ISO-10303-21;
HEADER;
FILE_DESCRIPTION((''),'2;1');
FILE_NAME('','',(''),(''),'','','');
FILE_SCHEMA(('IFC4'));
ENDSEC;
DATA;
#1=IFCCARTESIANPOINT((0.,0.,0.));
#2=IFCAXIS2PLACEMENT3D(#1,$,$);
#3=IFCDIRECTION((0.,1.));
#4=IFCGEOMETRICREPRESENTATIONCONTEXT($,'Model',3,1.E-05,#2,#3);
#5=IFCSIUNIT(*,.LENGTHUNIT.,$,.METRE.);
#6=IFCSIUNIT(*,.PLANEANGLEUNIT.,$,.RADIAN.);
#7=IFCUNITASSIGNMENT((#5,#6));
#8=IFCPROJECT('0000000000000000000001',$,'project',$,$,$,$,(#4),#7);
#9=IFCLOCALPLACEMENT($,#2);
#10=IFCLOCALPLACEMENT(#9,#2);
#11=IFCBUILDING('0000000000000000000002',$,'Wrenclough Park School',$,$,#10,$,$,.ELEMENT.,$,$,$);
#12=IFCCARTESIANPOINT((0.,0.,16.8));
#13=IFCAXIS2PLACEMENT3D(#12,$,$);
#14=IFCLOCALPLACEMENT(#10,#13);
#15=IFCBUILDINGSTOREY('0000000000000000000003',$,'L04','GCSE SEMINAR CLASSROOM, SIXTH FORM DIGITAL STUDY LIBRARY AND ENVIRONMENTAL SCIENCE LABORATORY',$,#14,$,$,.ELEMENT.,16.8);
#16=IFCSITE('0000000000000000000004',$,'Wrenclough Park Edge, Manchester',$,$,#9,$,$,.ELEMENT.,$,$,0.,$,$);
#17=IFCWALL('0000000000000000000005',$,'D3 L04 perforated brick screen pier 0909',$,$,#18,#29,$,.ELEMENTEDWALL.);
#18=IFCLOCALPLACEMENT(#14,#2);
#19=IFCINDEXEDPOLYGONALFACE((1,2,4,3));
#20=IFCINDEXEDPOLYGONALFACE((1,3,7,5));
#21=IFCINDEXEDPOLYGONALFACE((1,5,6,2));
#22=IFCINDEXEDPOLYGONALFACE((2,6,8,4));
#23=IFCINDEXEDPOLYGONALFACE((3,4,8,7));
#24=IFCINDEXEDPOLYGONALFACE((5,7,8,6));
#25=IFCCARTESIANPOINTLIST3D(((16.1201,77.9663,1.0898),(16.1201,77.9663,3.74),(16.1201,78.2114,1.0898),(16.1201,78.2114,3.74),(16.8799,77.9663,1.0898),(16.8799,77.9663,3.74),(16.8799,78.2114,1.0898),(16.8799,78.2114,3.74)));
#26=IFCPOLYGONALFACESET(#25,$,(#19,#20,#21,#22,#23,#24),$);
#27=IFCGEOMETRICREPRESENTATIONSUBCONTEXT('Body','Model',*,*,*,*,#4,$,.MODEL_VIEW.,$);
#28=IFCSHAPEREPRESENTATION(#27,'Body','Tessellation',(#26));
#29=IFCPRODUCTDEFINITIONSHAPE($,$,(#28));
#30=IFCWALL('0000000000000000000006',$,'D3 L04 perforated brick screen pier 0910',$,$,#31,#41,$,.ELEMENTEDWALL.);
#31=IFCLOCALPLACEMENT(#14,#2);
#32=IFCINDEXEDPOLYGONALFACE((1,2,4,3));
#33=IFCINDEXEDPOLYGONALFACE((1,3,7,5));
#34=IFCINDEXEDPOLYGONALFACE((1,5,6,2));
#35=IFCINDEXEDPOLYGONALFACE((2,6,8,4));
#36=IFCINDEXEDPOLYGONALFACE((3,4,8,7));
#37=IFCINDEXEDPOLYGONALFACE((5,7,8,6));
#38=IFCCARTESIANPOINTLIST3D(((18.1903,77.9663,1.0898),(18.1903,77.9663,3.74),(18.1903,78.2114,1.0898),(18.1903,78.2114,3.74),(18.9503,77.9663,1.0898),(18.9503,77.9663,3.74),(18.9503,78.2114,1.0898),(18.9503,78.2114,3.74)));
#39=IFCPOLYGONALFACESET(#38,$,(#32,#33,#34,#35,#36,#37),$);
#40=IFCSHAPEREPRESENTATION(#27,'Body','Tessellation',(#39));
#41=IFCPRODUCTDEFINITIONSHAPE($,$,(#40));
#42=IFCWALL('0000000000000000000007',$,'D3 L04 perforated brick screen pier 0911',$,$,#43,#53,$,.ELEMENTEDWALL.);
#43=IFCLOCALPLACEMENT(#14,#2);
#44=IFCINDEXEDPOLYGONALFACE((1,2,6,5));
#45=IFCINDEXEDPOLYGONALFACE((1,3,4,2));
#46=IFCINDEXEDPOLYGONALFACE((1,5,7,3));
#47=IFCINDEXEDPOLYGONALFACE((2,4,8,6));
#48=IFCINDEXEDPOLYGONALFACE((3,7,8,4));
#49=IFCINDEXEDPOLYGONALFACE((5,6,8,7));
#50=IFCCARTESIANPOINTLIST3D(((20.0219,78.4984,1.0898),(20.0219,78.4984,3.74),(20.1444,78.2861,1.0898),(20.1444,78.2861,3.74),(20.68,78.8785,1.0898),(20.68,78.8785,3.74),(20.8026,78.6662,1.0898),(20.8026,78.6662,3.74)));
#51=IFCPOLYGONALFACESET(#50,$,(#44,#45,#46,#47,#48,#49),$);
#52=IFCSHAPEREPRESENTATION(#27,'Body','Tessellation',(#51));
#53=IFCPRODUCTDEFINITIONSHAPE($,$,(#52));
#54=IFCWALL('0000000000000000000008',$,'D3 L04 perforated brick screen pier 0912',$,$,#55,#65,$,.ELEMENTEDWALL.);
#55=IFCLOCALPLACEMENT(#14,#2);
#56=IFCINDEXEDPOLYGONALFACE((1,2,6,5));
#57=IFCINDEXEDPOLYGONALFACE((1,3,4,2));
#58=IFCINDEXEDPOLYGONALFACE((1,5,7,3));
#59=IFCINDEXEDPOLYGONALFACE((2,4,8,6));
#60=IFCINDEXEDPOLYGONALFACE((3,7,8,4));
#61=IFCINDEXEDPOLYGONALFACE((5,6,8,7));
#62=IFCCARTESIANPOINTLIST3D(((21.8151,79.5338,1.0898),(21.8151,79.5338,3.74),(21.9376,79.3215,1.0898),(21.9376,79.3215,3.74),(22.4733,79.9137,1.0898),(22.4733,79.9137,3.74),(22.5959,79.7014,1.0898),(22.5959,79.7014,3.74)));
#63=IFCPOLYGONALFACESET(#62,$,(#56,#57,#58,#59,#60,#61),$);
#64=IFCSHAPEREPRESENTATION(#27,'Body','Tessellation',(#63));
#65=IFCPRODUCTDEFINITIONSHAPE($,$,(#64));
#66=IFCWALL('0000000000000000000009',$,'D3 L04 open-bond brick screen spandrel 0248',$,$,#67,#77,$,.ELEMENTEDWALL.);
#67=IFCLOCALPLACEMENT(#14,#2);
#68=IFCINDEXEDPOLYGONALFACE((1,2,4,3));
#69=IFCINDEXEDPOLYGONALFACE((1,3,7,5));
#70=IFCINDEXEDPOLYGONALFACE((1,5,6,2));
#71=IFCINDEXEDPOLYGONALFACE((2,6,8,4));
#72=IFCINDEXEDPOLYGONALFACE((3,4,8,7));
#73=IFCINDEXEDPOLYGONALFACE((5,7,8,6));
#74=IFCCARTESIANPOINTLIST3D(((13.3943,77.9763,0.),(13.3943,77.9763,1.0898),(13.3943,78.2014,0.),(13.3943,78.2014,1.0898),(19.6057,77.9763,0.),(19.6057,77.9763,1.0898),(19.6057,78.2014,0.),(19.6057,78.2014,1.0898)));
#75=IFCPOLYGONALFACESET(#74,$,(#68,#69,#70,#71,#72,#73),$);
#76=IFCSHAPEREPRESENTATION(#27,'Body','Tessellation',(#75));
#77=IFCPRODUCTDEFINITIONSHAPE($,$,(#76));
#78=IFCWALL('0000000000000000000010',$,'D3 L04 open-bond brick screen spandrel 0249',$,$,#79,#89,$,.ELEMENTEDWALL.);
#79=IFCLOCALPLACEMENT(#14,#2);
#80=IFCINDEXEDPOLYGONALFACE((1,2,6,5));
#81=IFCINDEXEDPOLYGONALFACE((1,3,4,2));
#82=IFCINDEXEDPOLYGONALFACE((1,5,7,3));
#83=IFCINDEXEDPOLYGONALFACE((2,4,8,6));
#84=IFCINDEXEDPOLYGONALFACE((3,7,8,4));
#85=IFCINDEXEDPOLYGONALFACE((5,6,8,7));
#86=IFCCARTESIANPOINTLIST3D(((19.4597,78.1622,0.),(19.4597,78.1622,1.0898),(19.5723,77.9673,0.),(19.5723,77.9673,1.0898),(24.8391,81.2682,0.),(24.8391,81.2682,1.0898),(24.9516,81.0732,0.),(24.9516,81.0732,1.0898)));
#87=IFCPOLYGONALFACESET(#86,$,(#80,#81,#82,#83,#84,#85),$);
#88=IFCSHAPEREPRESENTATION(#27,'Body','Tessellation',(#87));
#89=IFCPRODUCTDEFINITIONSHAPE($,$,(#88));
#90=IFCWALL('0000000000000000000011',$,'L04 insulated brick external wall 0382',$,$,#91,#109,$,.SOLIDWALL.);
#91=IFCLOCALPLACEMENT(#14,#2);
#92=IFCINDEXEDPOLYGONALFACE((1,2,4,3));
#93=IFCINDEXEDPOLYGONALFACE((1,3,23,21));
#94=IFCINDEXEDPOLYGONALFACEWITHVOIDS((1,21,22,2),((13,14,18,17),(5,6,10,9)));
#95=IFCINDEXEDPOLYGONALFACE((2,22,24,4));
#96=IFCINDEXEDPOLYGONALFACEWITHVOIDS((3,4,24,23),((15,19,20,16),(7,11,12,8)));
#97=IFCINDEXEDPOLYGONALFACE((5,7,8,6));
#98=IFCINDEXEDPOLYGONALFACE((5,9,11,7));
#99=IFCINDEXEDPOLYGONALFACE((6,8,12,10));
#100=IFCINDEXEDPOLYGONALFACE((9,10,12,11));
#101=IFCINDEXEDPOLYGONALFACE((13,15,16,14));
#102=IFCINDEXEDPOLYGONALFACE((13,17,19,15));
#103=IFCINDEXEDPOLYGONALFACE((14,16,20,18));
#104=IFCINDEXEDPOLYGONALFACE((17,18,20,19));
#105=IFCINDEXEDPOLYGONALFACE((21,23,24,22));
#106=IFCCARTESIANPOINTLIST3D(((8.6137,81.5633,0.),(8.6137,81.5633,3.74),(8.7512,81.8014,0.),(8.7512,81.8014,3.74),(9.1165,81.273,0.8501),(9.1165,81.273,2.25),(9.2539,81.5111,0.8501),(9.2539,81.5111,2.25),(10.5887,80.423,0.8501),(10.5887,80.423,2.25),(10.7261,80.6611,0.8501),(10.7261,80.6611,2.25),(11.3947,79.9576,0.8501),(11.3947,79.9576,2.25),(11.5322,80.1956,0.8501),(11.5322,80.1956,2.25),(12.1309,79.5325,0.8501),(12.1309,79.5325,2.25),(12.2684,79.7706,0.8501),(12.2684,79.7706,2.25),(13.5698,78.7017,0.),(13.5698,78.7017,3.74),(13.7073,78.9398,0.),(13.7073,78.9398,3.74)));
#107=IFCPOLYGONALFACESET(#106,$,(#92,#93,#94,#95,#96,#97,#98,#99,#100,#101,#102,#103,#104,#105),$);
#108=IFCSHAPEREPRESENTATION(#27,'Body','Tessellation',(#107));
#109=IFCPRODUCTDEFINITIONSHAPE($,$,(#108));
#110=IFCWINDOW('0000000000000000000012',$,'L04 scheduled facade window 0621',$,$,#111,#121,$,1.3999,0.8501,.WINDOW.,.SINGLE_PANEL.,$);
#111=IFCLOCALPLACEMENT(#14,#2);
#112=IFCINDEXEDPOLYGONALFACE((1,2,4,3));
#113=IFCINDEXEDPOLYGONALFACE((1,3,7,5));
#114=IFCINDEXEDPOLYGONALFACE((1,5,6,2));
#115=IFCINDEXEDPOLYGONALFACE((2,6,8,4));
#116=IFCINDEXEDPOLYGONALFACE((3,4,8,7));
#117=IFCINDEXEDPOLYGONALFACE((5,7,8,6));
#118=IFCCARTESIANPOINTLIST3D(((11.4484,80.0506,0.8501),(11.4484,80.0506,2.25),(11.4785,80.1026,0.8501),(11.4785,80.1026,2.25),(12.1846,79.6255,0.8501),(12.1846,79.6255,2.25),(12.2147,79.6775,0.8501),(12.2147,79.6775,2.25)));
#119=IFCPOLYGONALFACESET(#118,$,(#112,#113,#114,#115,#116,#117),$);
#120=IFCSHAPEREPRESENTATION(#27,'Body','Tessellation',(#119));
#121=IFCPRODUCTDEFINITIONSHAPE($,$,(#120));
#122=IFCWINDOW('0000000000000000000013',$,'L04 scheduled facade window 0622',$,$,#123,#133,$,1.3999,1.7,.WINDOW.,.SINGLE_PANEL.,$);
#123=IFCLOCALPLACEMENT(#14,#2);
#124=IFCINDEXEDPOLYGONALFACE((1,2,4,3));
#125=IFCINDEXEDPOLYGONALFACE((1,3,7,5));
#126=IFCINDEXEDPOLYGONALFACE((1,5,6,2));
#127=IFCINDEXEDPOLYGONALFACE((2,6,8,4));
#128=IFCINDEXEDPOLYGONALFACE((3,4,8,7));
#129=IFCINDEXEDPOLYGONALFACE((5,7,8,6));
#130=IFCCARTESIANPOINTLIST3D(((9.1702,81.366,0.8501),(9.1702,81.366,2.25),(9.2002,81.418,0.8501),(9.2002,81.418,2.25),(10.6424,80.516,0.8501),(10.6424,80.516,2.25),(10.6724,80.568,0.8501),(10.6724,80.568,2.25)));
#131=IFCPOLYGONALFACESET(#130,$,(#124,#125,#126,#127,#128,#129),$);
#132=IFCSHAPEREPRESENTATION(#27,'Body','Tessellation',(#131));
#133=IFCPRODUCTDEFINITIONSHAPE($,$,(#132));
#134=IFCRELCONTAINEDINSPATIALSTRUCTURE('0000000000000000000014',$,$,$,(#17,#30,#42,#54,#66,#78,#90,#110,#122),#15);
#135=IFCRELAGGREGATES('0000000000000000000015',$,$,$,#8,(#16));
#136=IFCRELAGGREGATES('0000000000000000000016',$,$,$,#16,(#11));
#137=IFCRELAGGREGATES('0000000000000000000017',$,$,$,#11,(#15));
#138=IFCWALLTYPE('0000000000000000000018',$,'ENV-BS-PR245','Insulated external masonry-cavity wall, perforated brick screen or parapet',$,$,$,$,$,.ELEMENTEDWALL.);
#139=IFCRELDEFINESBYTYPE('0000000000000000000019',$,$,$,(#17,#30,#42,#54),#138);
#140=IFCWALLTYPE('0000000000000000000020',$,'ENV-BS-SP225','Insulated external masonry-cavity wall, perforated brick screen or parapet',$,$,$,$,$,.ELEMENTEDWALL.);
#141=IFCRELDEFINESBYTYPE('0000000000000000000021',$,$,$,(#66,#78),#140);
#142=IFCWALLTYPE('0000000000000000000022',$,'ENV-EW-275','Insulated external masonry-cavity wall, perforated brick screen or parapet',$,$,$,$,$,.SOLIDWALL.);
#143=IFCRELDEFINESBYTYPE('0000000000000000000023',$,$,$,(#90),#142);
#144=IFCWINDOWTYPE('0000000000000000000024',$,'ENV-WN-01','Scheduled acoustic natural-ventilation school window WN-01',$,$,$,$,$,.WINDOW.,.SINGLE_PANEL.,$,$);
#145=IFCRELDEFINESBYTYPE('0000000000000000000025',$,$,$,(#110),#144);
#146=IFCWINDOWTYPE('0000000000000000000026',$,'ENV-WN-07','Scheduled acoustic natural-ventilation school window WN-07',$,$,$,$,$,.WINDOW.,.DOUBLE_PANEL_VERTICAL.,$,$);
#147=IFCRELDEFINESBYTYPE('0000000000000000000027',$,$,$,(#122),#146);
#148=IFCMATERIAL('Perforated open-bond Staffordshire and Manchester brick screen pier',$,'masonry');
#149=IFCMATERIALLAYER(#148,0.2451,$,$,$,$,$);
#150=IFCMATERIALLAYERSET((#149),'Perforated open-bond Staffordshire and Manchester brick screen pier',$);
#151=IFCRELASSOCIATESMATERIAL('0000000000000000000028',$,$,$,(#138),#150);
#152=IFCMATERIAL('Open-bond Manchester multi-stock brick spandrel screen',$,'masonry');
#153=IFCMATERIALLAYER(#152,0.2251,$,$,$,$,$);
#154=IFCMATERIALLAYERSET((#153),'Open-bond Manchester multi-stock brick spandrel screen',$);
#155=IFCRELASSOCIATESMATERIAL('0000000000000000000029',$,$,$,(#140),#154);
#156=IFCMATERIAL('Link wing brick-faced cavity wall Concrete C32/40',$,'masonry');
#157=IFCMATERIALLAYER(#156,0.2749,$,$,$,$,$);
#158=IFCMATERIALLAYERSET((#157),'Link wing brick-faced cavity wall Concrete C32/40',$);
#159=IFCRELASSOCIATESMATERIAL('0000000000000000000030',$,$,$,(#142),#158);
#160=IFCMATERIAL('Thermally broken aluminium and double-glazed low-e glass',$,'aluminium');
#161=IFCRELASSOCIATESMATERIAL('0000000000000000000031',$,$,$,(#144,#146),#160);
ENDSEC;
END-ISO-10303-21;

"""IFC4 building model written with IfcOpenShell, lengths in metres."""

from ifc_helpers import new_model, si_unit, direction, frame, frame_2d, origin, place, context, subcontext, project, spatial, rectangle, extrude, material, layer, layer_set, type_object, element, fill, save


model = new_model("IFC4")

# Units and contexts
model_context = context("Model", 3, precision=1e-05, world=origin(), true_north=direction((0.0, 1.0)))
body_context = subcontext(model_context, "Body", "Model", "MODEL_VIEW")
ifc_project = project(units=[si_unit("LENGTHUNIT", "METRE"), si_unit("PLANEANGLEUNIT", "RADIAN")], contexts=[model_context])

# Site, building, storey
site_placement = place(None, origin())
site = spatial("IfcSite", under=ifc_project, at=site_placement, Name="Wrenclough Park Edge, Manchester", CompositionType="ELEMENT", RefElevation=0.0)
building_placement = place(site_placement, origin())
building = spatial("IfcBuilding", under=site, at=building_placement, Name="Wrenclough Park School", CompositionType="ELEMENT")
storey_placement = place(building_placement, frame((0.0, 0.0, 16.8)))
storey = spatial("IfcBuildingStorey", under=building, at=storey_placement, Name="L04", Description="GCSE SEMINAR CLASSROOM, SIXTH FORM DIGITAL STUDY LIBRARY AND ENVIRONMENTAL SCIENCE LABORATORY", CompositionType="ELEMENT", Elevation=16.8)

# Walls
ifc_material_1 = material(Name="Perforated open-bond Staffordshire and Manchester brick screen pier", Category="masonry")
ifc_layer_1 = layer(ifc_material_1, 0.2451)
ifc_layer_set_1 = layer_set([ifc_layer_1], Name="Perforated open-bond Staffordshire and Manchester brick screen pier")
wall_type_1 = type_object("IfcWallType", Name="ENV-BS-PR245", Description="Insulated external masonry-cavity wall, perforated brick screen or parapet", PredefinedType="ELEMENTEDWALL", material=ifc_layer_set_1)
wall_1_placement = place(storey_placement, frame((16.1201, 78.0889, 1.0898), z_axis=(0.0, 0.0, 1.0), x_axis=(1.0, 0.0, 0.0)))
element("IfcWall", 1, at=wall_1_placement, inside=storey, type_object=wall_type_1, Name="D3 L04 perforated brick screen pier 0909", PredefinedType="ELEMENTEDWALL", context=body_context, shape_type="SweptSolid", body=[
    extrude(rectangle(XDim=0.7598, YDim=0.2451, at=frame_2d((0.3799, 0.0))), origin(), (0.0, 0.0, 1.0), 2.6501),
])
for number, where, z_axis, x_axis, name in (
    (2, (18.1904, 78.0889, 1.0898), (0.0, 0.0, 1.0), (1.0, 0.0, 0.0), "D3 L04 perforated brick screen pier 0910"),
    (3, (20.0833, 78.3923, 1.0898), (0.0, 0.0, 1.0), (0.865961, 0.500112, 0.0), "D3 L04 perforated brick screen pier 0911"),
    (4, (21.8765, 79.4277, 1.0898), (0.0, 0.0, 1.0), (0.8661, 0.499871, 0.0), "D3 L04 perforated brick screen pier 0912"),
):
    element("IfcWall", number, at=place(storey_placement, frame(where, z_axis=z_axis, x_axis=x_axis)), inside=storey, type_object=wall_type_1, Name=name, PredefinedType="ELEMENTEDWALL", context=body_context, shape_type="SweptSolid", body=[
        extrude(rectangle(XDim=0.76, YDim=0.2451, at=frame_2d((0.3799, 0.0))), origin(), (0.0, 0.0, 1.0), 2.6501),
    ])
ifc_material_2 = material(Name="Open-bond Manchester multi-stock brick spandrel screen", Category="masonry")
ifc_layer_2 = layer(ifc_material_2, 0.2251)
ifc_layer_set_2 = layer_set([ifc_layer_2], Name="Open-bond Manchester multi-stock brick spandrel screen")
wall_type_2 = type_object("IfcWallType", Name="ENV-BS-SP225", Description="Insulated external masonry-cavity wall, perforated brick screen or parapet", PredefinedType="ELEMENTEDWALL", material=ifc_layer_set_2)
wall_2_placement = place(storey_placement, frame((13.3943, 78.0889, 0.0), z_axis=(0.0, 0.0, 1.0), x_axis=(1.0, 0.0, 0.0)))
element("IfcWall", 5, at=wall_2_placement, inside=storey, type_object=wall_type_2, Name="D3 L04 open-bond brick screen spandrel 0248", PredefinedType="ELEMENTEDWALL", context=body_context, shape_type="SweptSolid", body=[
    extrude(rectangle(XDim=6.2114, YDim=0.2251, at=frame_2d((3.1057, 0.0))), origin(), (0.0, 0.0, 1.0), 1.0898),
])
wall_3_placement = place(storey_placement, frame((19.5159, 78.0647, 0.0), z_axis=(0.0, 0.0, 1.0), x_axis=(0.866014, 0.50002, 0.0)))
element("IfcWall", 6, at=wall_3_placement, inside=storey, type_object=wall_type_2, Name="D3 L04 open-bond brick screen spandrel 0249", PredefinedType="ELEMENTEDWALL", context=body_context, shape_type="SweptSolid", body=[
    extrude(rectangle(XDim=6.2117, YDim=0.2251, at=frame_2d((3.106, 0.0))), origin(), (0.0, 0.0, 1.0), 1.0898),
])

# Wall, openings, windows
ifc_material_3 = material(Name="Link wing brick-faced cavity wall Concrete C32/40", Category="masonry")
ifc_layer_3 = layer(ifc_material_3, 0.2749)
ifc_layer_set_3 = layer_set([ifc_layer_3], Name="Link wing brick-faced cavity wall Concrete C32/40")
wall_type_3 = type_object("IfcWallType", Name="ENV-EW-275", Description="Insulated external masonry-cavity wall, perforated brick screen or parapet", PredefinedType="SOLIDWALL", material=ifc_layer_set_3)
wall_4_placement = place(storey_placement, frame((13.6384, 78.8208, 0.0), z_axis=(0.0, 0.0, 1.0), x_axis=(-0.866011, 0.500025, 0.0)))
wall_4 = element("IfcWall", 7, at=wall_4_placement, inside=storey, type_object=wall_type_3, Name="L04 insulated brick external wall 0382", PredefinedType="SOLIDWALL", context=body_context, shape_type="SweptSolid", body=[
    extrude(rectangle(XDim=5.7229, YDim=0.2749, at=frame_2d((2.8613, 0.0))), origin(), (0.0, 0.0, 1.0), 3.74),
])
opening_1_placement = place(wall_4_placement, frame((1.6614, 0.0, 0.8501)))
opening_1 = element("IfcOpeningElement", 8, at=opening_1_placement, cuts=wall_4, PredefinedType="OPENING", context=body_context, shape_type="SweptSolid", body=[
    extrude(rectangle(XDim=0.8501, YDim=1.3999, at=frame_2d((0.425, 0.7))), frame((0.0, 0.1475, 0.0), z_axis=(0.0, -1.0, 0.0), x_axis=(1.0, 0.0, 0.0)), (0.0, 0.0, 1.0), 0.2949),
])
opening_2_placement = place(wall_4_placement, frame((3.4421, 0.0, 0.8501)))
opening_2 = element("IfcOpeningElement", 9, at=opening_2_placement, cuts=wall_4, PredefinedType="OPENING", context=body_context, shape_type="SweptSolid", body=[
    extrude(rectangle(XDim=1.7, YDim=1.3999, at=frame_2d((0.8501, 0.7))), frame((0.0, 0.1475, 0.0), z_axis=(0.0, -1.0, 0.0), x_axis=(1.0, 0.0, 0.0)), (0.0, 0.0, 1.0), 0.2949),
])
ifc_material_4 = material(Name="Thermally broken aluminium and double-glazed low-e glass", Category="aluminium")
window_type_1 = type_object("IfcWindowType", Name="ENV-WN-01", Description="Scheduled acoustic natural-ventilation school window WN-01", PartitioningType="SINGLE_PANEL", PredefinedType="WINDOW", material=ifc_material_4)
window_1_placement = place(opening_1_placement, origin())
window_1 = element("IfcWindow", 10, at=window_1_placement, inside=storey, type_object=window_type_1, Name="L04 scheduled facade window 0621", OverallHeight=1.3999, OverallWidth=0.8501, PartitioningType="SINGLE_PANEL", PredefinedType="WINDOW", context=body_context, shape_type="SweptSolid", body=[
    extrude(rectangle(XDim=0.8501, YDim=1.3999, at=frame_2d((0.425, 0.7))), frame((0.0, 0.03, 0.0), z_axis=(0.0, -1.0, 0.0), x_axis=(1.0, 0.0, 0.0)), (0.0, 0.0, 1.0), 0.0601),
])
fill(opening_1, window_1)
window_type_2 = type_object("IfcWindowType", Name="ENV-WN-07", Description="Scheduled acoustic natural-ventilation school window WN-07", PartitioningType="DOUBLE_PANEL_VERTICAL", PredefinedType="WINDOW", material=ifc_material_4)
window_2_placement = place(opening_2_placement, origin())
window_2 = element("IfcWindow", 11, at=window_2_placement, inside=storey, type_object=window_type_2, Name="L04 scheduled facade window 0622", OverallHeight=1.3999, OverallWidth=1.7, PartitioningType="SINGLE_PANEL", PredefinedType="WINDOW", context=body_context, shape_type="SweptSolid", body=[
    extrude(rectangle(XDim=1.7, YDim=1.3999, at=frame_2d((0.8501, 0.7))), frame((0.0, 0.03, 0.0), z_axis=(0.0, -1.0, 0.0), x_axis=(1.0, 0.0, 0.0)), (0.0, 0.0, 1.0), 0.0601),
])
fill(opening_2, window_2)

save(model, "model.ifc")
